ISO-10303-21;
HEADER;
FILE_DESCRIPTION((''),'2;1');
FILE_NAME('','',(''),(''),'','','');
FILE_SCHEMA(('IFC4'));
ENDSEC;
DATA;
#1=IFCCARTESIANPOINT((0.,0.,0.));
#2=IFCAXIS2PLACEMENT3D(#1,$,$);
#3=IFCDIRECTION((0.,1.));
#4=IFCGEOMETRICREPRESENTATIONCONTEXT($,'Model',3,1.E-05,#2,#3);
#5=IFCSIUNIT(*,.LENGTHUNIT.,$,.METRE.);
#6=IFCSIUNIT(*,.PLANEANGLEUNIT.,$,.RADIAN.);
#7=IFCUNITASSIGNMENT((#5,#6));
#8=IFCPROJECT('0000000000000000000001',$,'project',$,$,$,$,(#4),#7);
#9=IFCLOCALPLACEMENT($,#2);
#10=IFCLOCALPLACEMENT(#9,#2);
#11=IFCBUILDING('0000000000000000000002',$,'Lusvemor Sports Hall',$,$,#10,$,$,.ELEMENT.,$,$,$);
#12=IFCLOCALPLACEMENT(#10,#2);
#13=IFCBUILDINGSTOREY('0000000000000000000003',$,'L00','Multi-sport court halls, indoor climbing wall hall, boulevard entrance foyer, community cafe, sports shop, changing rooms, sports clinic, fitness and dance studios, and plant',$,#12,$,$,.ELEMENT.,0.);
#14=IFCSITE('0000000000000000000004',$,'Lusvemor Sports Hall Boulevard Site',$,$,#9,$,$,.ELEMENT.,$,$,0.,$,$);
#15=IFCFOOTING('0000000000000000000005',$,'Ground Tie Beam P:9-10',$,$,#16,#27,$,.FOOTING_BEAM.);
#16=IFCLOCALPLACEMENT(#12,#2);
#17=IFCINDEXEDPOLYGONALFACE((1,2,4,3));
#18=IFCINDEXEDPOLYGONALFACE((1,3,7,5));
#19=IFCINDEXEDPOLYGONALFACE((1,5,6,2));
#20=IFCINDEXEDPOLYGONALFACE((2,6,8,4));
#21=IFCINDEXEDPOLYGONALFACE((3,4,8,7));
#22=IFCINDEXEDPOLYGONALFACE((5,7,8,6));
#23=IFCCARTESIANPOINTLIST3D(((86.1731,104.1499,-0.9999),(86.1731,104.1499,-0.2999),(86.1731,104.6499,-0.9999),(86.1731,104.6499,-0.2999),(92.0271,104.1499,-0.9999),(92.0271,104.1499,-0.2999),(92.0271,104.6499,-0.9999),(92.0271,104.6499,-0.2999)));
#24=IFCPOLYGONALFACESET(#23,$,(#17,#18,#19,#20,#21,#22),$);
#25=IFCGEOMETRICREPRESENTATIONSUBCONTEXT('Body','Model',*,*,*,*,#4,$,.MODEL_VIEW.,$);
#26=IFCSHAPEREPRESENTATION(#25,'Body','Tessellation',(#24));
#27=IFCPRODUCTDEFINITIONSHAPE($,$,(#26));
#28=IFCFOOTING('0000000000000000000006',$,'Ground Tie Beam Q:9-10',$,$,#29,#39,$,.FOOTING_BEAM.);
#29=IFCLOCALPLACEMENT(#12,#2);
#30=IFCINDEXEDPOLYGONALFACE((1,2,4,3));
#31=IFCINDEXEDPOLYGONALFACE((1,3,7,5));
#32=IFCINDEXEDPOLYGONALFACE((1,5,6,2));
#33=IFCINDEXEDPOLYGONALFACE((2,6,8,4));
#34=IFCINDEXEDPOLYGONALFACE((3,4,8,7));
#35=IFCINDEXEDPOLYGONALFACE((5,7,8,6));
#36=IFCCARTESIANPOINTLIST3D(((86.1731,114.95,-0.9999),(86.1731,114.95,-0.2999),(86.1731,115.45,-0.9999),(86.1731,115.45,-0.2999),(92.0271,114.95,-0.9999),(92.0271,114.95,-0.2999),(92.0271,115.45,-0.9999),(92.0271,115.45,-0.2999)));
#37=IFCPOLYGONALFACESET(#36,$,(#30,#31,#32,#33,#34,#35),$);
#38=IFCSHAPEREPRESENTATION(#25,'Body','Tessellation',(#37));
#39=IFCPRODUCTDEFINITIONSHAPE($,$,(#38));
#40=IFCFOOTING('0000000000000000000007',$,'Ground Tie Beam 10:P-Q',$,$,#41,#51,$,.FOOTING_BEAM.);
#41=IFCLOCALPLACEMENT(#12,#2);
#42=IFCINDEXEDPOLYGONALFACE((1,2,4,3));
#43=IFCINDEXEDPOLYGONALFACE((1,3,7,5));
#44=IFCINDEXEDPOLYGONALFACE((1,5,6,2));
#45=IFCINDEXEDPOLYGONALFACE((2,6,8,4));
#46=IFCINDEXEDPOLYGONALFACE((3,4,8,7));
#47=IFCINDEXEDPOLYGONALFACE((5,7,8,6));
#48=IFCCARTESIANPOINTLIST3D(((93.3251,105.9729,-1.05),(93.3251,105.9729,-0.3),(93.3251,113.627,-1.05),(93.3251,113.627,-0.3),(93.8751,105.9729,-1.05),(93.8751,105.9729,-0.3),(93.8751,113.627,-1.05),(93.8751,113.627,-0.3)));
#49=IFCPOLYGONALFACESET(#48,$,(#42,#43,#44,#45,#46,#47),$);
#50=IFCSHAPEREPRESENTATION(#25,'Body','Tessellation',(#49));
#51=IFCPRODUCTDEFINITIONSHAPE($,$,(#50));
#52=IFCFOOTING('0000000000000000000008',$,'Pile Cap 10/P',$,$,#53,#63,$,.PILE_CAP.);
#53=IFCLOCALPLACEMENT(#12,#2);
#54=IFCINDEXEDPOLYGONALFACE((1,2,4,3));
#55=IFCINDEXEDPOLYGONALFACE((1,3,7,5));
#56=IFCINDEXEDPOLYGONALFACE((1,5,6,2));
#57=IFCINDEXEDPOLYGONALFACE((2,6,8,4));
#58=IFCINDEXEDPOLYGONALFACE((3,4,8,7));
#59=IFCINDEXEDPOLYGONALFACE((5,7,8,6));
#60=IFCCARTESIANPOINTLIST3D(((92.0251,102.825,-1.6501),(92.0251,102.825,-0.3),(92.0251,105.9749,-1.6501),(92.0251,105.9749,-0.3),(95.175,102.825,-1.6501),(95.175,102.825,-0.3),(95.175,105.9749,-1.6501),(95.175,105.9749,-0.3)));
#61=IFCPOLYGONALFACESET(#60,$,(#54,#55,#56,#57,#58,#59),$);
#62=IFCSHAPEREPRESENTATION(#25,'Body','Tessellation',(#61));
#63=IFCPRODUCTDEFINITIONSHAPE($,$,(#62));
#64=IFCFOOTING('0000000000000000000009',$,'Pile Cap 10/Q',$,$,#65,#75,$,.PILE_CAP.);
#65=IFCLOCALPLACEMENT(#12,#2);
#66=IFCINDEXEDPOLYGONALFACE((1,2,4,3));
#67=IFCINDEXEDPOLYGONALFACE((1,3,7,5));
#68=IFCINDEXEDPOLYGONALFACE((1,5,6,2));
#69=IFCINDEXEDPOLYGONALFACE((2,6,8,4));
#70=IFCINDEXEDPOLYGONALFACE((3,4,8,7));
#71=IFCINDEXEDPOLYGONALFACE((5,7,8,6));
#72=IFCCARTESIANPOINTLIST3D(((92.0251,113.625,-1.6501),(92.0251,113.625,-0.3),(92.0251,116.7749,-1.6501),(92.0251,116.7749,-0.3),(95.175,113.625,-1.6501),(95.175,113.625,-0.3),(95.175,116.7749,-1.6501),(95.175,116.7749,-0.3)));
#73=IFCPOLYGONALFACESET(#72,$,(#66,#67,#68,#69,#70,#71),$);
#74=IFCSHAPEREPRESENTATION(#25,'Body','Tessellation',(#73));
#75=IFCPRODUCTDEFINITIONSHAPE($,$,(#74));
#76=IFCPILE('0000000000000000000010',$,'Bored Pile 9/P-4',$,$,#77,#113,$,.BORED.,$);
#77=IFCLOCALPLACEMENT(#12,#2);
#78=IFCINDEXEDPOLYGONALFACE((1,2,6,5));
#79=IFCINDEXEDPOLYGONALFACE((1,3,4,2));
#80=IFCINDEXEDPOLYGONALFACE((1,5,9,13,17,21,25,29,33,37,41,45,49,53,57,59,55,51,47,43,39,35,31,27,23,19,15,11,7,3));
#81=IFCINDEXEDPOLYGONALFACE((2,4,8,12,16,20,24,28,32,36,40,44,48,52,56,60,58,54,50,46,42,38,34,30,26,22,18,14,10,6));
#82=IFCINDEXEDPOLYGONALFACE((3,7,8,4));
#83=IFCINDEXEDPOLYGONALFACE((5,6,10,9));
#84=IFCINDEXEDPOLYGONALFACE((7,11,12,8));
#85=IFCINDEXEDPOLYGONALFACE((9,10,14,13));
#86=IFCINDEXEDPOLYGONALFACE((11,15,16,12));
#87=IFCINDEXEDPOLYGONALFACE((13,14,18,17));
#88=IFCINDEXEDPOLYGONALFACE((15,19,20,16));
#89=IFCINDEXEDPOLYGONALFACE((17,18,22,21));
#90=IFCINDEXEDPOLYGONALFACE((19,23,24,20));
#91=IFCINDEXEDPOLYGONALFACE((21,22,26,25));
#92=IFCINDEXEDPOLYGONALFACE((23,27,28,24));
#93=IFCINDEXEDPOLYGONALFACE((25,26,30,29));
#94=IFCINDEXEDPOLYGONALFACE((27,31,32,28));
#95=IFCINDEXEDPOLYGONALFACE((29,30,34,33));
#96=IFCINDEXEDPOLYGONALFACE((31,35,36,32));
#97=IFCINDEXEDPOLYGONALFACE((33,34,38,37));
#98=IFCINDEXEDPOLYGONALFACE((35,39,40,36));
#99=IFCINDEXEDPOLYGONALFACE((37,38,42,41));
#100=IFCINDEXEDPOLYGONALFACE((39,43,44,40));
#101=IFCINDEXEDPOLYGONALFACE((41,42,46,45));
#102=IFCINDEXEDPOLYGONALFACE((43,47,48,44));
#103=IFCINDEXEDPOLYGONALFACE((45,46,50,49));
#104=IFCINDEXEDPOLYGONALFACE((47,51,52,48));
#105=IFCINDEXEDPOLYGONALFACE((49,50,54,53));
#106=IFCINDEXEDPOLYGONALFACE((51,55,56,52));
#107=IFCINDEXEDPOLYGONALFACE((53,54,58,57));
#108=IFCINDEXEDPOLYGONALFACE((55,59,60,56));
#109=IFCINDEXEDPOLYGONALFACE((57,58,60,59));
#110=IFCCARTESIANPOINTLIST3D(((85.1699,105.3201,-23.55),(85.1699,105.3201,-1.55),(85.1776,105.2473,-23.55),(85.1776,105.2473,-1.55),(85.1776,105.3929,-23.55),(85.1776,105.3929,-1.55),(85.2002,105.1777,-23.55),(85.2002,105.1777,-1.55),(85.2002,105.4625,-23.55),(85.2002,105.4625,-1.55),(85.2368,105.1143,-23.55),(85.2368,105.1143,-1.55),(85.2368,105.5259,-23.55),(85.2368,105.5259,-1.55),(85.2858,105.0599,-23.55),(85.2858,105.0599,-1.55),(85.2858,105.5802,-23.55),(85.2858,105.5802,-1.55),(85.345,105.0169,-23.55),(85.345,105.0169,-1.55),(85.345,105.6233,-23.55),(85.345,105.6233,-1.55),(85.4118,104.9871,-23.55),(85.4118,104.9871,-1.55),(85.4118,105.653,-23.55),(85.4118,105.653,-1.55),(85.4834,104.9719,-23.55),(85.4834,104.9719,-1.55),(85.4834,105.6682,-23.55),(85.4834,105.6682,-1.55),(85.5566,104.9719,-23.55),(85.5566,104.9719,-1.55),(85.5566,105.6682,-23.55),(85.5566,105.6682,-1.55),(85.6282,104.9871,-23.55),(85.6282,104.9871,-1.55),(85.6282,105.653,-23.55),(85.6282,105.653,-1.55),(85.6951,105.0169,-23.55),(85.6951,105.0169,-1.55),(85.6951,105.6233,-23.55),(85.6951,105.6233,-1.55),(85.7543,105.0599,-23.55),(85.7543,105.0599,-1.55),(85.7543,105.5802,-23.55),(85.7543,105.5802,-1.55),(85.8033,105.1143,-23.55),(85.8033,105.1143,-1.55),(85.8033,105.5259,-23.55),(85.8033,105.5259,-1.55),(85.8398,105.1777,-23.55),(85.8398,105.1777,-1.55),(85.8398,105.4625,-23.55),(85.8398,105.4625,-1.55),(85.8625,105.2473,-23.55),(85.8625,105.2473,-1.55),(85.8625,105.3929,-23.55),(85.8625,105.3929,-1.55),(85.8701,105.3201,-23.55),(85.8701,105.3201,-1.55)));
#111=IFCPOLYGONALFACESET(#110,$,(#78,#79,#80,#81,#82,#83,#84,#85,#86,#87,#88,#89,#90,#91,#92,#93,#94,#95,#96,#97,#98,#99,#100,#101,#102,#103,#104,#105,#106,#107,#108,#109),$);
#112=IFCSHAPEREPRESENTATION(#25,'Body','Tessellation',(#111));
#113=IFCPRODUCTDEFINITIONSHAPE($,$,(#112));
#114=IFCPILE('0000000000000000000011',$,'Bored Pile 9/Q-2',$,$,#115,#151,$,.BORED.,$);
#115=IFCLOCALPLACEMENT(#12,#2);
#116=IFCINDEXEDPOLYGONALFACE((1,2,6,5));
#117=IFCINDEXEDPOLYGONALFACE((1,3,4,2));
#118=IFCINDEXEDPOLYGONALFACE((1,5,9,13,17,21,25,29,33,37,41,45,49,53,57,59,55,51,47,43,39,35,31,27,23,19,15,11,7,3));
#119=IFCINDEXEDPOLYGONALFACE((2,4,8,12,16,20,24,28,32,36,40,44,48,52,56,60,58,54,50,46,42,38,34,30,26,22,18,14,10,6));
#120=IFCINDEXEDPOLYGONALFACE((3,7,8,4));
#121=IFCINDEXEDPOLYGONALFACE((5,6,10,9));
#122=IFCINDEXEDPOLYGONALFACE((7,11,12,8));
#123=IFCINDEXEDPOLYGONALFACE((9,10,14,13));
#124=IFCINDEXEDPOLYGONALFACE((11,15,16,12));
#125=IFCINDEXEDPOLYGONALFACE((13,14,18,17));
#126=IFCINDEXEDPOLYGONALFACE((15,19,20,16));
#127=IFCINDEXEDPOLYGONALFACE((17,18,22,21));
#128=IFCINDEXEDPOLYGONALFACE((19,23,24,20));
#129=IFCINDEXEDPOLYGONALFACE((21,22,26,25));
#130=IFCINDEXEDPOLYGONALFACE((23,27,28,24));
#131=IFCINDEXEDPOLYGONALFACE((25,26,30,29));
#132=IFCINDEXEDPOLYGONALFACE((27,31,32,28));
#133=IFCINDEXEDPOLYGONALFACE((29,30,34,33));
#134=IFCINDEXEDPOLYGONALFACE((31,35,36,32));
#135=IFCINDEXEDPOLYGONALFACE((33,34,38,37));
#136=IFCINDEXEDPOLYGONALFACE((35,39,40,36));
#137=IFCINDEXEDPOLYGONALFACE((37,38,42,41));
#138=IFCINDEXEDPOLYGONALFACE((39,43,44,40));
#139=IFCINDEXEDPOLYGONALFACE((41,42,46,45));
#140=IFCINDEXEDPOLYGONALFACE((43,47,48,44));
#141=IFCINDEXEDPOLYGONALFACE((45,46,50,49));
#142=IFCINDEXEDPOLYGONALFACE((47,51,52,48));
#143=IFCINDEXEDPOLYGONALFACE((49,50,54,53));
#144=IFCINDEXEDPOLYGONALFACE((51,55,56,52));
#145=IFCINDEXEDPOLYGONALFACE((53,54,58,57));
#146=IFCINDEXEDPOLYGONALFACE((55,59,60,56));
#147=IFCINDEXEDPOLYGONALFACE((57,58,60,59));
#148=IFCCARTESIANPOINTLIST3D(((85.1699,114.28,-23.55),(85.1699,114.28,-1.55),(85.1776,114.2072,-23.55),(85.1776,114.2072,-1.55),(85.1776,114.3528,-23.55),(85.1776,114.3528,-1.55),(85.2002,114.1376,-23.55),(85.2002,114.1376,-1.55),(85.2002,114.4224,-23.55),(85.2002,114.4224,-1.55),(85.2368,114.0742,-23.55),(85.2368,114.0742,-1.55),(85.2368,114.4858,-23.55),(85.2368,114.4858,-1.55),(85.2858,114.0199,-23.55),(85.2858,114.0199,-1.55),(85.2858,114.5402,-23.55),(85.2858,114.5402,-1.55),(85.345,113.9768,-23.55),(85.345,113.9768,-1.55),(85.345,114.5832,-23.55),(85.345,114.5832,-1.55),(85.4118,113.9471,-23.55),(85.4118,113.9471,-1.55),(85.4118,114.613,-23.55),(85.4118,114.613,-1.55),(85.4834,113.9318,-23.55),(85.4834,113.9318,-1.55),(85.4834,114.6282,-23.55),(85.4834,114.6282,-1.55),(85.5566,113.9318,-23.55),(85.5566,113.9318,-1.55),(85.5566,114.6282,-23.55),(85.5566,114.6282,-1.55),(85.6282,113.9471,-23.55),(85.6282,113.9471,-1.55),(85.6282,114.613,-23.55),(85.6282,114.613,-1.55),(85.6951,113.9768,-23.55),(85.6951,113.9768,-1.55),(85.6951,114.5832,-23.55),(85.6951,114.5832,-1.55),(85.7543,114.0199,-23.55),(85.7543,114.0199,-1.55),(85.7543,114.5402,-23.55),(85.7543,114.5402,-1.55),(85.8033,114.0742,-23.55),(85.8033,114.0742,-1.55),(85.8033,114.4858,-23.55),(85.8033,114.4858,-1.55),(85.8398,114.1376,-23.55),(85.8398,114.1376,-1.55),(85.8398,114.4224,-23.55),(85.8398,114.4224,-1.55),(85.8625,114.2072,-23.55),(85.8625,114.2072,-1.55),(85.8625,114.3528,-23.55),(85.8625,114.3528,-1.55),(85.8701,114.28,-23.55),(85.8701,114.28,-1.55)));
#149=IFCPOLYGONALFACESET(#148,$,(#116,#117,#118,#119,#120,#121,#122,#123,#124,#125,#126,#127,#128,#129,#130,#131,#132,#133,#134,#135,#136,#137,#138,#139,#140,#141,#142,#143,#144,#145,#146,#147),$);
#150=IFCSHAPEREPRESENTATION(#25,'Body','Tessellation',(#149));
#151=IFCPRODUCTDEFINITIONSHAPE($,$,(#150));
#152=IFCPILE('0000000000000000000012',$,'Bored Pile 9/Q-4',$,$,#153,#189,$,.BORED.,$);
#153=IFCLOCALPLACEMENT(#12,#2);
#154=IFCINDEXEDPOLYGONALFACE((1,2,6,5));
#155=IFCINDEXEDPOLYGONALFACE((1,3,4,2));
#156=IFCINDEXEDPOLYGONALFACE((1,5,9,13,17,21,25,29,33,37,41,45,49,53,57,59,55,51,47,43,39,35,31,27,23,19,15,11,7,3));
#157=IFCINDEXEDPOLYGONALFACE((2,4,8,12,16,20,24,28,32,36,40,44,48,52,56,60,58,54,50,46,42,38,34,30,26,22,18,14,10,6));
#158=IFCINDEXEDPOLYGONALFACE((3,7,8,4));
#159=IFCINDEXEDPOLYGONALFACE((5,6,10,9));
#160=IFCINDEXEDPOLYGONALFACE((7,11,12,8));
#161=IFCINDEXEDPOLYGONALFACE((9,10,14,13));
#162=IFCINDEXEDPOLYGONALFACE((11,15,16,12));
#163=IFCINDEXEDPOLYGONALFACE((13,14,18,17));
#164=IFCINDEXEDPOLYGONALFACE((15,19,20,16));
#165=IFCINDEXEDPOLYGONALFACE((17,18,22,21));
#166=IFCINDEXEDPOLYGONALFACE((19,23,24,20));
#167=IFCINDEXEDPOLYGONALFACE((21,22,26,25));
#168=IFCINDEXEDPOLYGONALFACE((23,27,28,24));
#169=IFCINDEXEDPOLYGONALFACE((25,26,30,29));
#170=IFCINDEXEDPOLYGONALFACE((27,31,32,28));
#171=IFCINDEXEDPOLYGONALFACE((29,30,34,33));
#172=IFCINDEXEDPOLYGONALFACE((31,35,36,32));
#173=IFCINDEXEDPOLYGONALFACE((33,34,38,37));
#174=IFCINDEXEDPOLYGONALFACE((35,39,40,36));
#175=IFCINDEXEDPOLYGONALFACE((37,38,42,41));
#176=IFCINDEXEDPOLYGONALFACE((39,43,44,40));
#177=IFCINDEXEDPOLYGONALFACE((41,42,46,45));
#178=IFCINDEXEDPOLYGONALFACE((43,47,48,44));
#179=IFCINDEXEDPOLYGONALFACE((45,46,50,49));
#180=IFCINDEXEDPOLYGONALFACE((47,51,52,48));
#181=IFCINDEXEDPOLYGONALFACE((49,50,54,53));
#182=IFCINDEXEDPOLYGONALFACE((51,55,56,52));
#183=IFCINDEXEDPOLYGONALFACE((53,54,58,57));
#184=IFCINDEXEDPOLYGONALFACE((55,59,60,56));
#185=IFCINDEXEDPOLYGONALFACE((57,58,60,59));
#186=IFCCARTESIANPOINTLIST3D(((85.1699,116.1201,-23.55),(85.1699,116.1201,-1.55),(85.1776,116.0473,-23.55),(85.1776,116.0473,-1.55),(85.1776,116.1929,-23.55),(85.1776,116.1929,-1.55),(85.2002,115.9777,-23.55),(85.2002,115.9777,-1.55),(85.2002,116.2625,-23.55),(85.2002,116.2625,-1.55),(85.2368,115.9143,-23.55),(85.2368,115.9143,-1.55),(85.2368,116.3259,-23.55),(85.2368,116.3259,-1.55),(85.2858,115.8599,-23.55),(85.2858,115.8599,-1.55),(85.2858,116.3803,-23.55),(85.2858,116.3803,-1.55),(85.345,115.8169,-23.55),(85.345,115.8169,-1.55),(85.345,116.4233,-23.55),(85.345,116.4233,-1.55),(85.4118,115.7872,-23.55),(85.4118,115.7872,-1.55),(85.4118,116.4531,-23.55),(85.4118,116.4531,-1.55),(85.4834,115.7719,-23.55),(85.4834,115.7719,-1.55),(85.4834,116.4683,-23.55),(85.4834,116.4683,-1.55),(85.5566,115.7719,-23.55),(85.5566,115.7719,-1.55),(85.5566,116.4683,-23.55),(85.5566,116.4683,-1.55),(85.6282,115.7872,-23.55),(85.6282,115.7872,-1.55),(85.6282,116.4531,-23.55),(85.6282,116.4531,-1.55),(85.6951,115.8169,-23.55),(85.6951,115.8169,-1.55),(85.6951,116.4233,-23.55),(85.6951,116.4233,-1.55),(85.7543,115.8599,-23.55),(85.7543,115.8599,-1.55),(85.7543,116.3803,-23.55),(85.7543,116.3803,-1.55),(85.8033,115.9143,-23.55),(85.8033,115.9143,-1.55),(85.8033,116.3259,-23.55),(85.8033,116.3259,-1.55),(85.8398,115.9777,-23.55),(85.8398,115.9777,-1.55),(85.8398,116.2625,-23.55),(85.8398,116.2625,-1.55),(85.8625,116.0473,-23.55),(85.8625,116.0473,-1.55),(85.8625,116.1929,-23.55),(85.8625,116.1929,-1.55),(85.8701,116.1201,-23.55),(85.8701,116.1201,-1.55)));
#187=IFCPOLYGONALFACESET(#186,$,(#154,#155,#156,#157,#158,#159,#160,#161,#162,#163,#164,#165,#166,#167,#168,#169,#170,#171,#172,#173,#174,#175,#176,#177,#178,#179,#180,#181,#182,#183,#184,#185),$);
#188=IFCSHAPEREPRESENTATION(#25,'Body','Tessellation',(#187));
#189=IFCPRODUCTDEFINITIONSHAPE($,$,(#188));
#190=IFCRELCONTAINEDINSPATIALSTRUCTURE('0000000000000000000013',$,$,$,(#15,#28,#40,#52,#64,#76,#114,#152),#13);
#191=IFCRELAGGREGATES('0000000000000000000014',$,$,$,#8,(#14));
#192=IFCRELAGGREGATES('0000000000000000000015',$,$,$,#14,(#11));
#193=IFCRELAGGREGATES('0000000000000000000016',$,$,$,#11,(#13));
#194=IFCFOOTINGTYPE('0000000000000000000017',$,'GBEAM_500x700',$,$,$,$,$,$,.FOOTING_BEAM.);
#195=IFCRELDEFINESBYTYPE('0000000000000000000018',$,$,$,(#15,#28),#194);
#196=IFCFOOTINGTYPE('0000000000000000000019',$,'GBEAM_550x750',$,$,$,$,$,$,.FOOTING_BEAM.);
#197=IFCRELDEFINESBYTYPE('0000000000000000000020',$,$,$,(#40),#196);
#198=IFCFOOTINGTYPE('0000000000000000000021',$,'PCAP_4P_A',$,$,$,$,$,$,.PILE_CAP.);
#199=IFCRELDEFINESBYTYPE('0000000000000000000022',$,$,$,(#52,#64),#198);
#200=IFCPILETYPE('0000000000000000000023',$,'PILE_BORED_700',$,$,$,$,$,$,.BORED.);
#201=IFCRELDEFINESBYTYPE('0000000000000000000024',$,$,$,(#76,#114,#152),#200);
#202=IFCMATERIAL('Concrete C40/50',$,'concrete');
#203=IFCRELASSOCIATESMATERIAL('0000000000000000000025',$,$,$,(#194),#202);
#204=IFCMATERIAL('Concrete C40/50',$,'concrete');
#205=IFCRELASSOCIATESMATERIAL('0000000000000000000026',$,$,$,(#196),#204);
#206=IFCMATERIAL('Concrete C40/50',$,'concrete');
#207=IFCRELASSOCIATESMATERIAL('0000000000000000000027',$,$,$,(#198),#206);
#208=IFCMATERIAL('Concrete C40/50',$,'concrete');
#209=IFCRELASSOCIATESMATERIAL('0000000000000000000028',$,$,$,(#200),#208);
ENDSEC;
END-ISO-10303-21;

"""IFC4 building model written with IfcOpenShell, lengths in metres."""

from ifc_helpers import new_model, si_unit, direction, frame, origin, origin_2d, place, context, subcontext, project, spatial, rectangle, circle, extrude, material, material_profile, profile_set, type_object, element, save


model = new_model("IFC4")

# Units and contexts
model_context = context("Model", 3, precision=1e-05, world=origin(), true_north=direction((0.0, 1.0)))
body_context = subcontext(model_context, "Body", "Model", "MODEL_VIEW")
ifc_project = project(units=[si_unit("LENGTHUNIT", "METRE"), si_unit("PLANEANGLEUNIT", "RADIAN")], contexts=[model_context])

# Site, building, storey
site_placement = place(None, origin())
site = spatial("IfcSite", under=ifc_project, at=site_placement, Name="Lusvemor Sports Hall Boulevard Site", CompositionType="ELEMENT", RefElevation=0.0)
building_placement = place(site_placement, origin())
building = spatial("IfcBuilding", under=site, at=building_placement, Name="Lusvemor Sports Hall", CompositionType="ELEMENT")
storey_placement = place(building_placement, origin())
storey = spatial("IfcBuildingStorey", under=building, at=storey_placement, Name="L00", Description="Multi-sport court halls, indoor climbing wall hall, boulevard entrance foyer, community cafe, sports shop, changing rooms, sports clinic, fitness and dance studios, and plant", CompositionType="ELEMENT", Elevation=0.0)

# Footings
ifc_material_1 = material(Name="Concrete C40/50", Category="concrete")
ifc_material_profile_1 = material_profile(ifc_material_1, rectangle(XDim=0.5, YDim=0.7, at=origin_2d()), Name="GB_500x700")
ifc_profile_set_1 = profile_set([ifc_material_profile_1], Name="Concrete C40/50")
footing_type_1 = type_object("IfcFootingType", Name="GBEAM_500x700", PredefinedType="FOOTING_BEAM", material=ifc_profile_set_1)
for number, where, z_axis, x_axis, name in (
    (1, (86.1731, 104.3999, -0.6499), (1.0, 0.0, 0.0), (0.0, 1.0, 0.0), "Ground Tie Beam P:9-10"),
    (2, (86.1731, 115.2, -0.6499), (1.0, 0.0, 0.0), (0.0, 1.0, 0.0), "Ground Tie Beam Q:9-10"),
):
    element("IfcFooting", number, at=place(storey_placement, frame(where, z_axis=z_axis, x_axis=x_axis)), inside=storey, type_object=footing_type_1, Name=name, PredefinedType="FOOTING_BEAM", context=body_context, shape_type="SweptSolid", body=[
        extrude(rectangle(XDim=0.5, YDim=0.7, at=origin_2d()), origin(), (0.0, 0.0, 1.0), 5.854),
    ])
ifc_material_2 = material(Name="Concrete C40/50", Category="concrete")
ifc_material_profile_2 = material_profile(ifc_material_2, rectangle(XDim=0.55, YDim=0.75, at=origin_2d()), Name="GB_550x750")
ifc_profile_set_2 = profile_set([ifc_material_profile_2], Name="Concrete C40/50")
footing_type_2 = type_object("IfcFootingType", Name="GBEAM_550x750", PredefinedType="FOOTING_BEAM", material=ifc_profile_set_2)
footing_placement = place(storey_placement, frame((93.6001, 105.9729, -0.675), z_axis=(0.0, 1.0, 0.0), x_axis=(-1.0, 0.0, 0.0)))
element("IfcFooting", 3, at=footing_placement, inside=storey, type_object=footing_type_2, Name="Ground Tie Beam 10:P-Q", PredefinedType="FOOTING_BEAM", context=body_context, shape_type="SweptSolid", body=[
    extrude(rectangle(XDim=0.55, YDim=0.75, at=origin_2d()), origin(), (0.0, 0.0, 1.0), 7.6541),
])
ifc_material_3 = material(Name="Concrete C40/50", Category="concrete")
footing_type_3 = type_object("IfcFootingType", Name="PCAP_4P_A", PredefinedType="PILE_CAP", material=ifc_material_3)
for number, where, z_axis, x_axis, name in (
    (4, (93.6001, 104.3999, -1.6501), (0.0, 0.0, 1.0), (1.0, 0.0, 0.0), "Pile Cap 10/P"),
    (5, (93.6001, 115.2, -1.6501), (0.0, 0.0, 1.0), (1.0, 0.0, 0.0), "Pile Cap 10/Q"),
):
    element("IfcFooting", number, at=place(storey_placement, frame(where, z_axis=z_axis, x_axis=x_axis)), inside=storey, type_object=footing_type_3, Name=name, PredefinedType="PILE_CAP", context=body_context, shape_type="SweptSolid", body=[
        extrude(rectangle(XDim=3.1499, YDim=3.1499, at=origin_2d()), origin(), (0.0, 0.0, 1.0), 1.3501),
    ])

# Piles
ifc_material_4 = material(Name="Concrete C40/50", Category="concrete")
ifc_material_profile_3 = material_profile(ifc_material_4, circle(Radius=0.3501, at=origin_2d()), Name="PILE700")
ifc_profile_set_3 = profile_set([ifc_material_profile_3], Name="Concrete C40/50")
pile_type = type_object("IfcPileType", Name="PILE_BORED_700", PredefinedType="BORED", material=ifc_profile_set_3)
for number, where, z_axis, x_axis, name in (
    (6, (85.52, 105.3201, -1.55), (0.0, 0.0, -1.0), (1.0, 0.0, 0.0), "Bored Pile 9/P-4"),
    (7, (85.52, 114.28, -1.55), (0.0, 0.0, -1.0), (1.0, 0.0, 0.0), "Bored Pile 9/Q-2"),
    (8, (85.52, 116.1201, -1.55), (0.0, 0.0, -1.0), (1.0, 0.0, 0.0), "Bored Pile 9/Q-4"),
):
    element("IfcPile", number, at=place(storey_placement, frame(where, z_axis=z_axis, x_axis=x_axis)), inside=storey, type_object=pile_type, Name=name, PredefinedType="BORED", context=body_context, shape_type="SweptSolid", body=[
        extrude(circle(Radius=0.3501, at=origin_2d()), origin(), (0.0, 0.0, 1.0), 22.0),
    ])

save(model, "model.ifc")
